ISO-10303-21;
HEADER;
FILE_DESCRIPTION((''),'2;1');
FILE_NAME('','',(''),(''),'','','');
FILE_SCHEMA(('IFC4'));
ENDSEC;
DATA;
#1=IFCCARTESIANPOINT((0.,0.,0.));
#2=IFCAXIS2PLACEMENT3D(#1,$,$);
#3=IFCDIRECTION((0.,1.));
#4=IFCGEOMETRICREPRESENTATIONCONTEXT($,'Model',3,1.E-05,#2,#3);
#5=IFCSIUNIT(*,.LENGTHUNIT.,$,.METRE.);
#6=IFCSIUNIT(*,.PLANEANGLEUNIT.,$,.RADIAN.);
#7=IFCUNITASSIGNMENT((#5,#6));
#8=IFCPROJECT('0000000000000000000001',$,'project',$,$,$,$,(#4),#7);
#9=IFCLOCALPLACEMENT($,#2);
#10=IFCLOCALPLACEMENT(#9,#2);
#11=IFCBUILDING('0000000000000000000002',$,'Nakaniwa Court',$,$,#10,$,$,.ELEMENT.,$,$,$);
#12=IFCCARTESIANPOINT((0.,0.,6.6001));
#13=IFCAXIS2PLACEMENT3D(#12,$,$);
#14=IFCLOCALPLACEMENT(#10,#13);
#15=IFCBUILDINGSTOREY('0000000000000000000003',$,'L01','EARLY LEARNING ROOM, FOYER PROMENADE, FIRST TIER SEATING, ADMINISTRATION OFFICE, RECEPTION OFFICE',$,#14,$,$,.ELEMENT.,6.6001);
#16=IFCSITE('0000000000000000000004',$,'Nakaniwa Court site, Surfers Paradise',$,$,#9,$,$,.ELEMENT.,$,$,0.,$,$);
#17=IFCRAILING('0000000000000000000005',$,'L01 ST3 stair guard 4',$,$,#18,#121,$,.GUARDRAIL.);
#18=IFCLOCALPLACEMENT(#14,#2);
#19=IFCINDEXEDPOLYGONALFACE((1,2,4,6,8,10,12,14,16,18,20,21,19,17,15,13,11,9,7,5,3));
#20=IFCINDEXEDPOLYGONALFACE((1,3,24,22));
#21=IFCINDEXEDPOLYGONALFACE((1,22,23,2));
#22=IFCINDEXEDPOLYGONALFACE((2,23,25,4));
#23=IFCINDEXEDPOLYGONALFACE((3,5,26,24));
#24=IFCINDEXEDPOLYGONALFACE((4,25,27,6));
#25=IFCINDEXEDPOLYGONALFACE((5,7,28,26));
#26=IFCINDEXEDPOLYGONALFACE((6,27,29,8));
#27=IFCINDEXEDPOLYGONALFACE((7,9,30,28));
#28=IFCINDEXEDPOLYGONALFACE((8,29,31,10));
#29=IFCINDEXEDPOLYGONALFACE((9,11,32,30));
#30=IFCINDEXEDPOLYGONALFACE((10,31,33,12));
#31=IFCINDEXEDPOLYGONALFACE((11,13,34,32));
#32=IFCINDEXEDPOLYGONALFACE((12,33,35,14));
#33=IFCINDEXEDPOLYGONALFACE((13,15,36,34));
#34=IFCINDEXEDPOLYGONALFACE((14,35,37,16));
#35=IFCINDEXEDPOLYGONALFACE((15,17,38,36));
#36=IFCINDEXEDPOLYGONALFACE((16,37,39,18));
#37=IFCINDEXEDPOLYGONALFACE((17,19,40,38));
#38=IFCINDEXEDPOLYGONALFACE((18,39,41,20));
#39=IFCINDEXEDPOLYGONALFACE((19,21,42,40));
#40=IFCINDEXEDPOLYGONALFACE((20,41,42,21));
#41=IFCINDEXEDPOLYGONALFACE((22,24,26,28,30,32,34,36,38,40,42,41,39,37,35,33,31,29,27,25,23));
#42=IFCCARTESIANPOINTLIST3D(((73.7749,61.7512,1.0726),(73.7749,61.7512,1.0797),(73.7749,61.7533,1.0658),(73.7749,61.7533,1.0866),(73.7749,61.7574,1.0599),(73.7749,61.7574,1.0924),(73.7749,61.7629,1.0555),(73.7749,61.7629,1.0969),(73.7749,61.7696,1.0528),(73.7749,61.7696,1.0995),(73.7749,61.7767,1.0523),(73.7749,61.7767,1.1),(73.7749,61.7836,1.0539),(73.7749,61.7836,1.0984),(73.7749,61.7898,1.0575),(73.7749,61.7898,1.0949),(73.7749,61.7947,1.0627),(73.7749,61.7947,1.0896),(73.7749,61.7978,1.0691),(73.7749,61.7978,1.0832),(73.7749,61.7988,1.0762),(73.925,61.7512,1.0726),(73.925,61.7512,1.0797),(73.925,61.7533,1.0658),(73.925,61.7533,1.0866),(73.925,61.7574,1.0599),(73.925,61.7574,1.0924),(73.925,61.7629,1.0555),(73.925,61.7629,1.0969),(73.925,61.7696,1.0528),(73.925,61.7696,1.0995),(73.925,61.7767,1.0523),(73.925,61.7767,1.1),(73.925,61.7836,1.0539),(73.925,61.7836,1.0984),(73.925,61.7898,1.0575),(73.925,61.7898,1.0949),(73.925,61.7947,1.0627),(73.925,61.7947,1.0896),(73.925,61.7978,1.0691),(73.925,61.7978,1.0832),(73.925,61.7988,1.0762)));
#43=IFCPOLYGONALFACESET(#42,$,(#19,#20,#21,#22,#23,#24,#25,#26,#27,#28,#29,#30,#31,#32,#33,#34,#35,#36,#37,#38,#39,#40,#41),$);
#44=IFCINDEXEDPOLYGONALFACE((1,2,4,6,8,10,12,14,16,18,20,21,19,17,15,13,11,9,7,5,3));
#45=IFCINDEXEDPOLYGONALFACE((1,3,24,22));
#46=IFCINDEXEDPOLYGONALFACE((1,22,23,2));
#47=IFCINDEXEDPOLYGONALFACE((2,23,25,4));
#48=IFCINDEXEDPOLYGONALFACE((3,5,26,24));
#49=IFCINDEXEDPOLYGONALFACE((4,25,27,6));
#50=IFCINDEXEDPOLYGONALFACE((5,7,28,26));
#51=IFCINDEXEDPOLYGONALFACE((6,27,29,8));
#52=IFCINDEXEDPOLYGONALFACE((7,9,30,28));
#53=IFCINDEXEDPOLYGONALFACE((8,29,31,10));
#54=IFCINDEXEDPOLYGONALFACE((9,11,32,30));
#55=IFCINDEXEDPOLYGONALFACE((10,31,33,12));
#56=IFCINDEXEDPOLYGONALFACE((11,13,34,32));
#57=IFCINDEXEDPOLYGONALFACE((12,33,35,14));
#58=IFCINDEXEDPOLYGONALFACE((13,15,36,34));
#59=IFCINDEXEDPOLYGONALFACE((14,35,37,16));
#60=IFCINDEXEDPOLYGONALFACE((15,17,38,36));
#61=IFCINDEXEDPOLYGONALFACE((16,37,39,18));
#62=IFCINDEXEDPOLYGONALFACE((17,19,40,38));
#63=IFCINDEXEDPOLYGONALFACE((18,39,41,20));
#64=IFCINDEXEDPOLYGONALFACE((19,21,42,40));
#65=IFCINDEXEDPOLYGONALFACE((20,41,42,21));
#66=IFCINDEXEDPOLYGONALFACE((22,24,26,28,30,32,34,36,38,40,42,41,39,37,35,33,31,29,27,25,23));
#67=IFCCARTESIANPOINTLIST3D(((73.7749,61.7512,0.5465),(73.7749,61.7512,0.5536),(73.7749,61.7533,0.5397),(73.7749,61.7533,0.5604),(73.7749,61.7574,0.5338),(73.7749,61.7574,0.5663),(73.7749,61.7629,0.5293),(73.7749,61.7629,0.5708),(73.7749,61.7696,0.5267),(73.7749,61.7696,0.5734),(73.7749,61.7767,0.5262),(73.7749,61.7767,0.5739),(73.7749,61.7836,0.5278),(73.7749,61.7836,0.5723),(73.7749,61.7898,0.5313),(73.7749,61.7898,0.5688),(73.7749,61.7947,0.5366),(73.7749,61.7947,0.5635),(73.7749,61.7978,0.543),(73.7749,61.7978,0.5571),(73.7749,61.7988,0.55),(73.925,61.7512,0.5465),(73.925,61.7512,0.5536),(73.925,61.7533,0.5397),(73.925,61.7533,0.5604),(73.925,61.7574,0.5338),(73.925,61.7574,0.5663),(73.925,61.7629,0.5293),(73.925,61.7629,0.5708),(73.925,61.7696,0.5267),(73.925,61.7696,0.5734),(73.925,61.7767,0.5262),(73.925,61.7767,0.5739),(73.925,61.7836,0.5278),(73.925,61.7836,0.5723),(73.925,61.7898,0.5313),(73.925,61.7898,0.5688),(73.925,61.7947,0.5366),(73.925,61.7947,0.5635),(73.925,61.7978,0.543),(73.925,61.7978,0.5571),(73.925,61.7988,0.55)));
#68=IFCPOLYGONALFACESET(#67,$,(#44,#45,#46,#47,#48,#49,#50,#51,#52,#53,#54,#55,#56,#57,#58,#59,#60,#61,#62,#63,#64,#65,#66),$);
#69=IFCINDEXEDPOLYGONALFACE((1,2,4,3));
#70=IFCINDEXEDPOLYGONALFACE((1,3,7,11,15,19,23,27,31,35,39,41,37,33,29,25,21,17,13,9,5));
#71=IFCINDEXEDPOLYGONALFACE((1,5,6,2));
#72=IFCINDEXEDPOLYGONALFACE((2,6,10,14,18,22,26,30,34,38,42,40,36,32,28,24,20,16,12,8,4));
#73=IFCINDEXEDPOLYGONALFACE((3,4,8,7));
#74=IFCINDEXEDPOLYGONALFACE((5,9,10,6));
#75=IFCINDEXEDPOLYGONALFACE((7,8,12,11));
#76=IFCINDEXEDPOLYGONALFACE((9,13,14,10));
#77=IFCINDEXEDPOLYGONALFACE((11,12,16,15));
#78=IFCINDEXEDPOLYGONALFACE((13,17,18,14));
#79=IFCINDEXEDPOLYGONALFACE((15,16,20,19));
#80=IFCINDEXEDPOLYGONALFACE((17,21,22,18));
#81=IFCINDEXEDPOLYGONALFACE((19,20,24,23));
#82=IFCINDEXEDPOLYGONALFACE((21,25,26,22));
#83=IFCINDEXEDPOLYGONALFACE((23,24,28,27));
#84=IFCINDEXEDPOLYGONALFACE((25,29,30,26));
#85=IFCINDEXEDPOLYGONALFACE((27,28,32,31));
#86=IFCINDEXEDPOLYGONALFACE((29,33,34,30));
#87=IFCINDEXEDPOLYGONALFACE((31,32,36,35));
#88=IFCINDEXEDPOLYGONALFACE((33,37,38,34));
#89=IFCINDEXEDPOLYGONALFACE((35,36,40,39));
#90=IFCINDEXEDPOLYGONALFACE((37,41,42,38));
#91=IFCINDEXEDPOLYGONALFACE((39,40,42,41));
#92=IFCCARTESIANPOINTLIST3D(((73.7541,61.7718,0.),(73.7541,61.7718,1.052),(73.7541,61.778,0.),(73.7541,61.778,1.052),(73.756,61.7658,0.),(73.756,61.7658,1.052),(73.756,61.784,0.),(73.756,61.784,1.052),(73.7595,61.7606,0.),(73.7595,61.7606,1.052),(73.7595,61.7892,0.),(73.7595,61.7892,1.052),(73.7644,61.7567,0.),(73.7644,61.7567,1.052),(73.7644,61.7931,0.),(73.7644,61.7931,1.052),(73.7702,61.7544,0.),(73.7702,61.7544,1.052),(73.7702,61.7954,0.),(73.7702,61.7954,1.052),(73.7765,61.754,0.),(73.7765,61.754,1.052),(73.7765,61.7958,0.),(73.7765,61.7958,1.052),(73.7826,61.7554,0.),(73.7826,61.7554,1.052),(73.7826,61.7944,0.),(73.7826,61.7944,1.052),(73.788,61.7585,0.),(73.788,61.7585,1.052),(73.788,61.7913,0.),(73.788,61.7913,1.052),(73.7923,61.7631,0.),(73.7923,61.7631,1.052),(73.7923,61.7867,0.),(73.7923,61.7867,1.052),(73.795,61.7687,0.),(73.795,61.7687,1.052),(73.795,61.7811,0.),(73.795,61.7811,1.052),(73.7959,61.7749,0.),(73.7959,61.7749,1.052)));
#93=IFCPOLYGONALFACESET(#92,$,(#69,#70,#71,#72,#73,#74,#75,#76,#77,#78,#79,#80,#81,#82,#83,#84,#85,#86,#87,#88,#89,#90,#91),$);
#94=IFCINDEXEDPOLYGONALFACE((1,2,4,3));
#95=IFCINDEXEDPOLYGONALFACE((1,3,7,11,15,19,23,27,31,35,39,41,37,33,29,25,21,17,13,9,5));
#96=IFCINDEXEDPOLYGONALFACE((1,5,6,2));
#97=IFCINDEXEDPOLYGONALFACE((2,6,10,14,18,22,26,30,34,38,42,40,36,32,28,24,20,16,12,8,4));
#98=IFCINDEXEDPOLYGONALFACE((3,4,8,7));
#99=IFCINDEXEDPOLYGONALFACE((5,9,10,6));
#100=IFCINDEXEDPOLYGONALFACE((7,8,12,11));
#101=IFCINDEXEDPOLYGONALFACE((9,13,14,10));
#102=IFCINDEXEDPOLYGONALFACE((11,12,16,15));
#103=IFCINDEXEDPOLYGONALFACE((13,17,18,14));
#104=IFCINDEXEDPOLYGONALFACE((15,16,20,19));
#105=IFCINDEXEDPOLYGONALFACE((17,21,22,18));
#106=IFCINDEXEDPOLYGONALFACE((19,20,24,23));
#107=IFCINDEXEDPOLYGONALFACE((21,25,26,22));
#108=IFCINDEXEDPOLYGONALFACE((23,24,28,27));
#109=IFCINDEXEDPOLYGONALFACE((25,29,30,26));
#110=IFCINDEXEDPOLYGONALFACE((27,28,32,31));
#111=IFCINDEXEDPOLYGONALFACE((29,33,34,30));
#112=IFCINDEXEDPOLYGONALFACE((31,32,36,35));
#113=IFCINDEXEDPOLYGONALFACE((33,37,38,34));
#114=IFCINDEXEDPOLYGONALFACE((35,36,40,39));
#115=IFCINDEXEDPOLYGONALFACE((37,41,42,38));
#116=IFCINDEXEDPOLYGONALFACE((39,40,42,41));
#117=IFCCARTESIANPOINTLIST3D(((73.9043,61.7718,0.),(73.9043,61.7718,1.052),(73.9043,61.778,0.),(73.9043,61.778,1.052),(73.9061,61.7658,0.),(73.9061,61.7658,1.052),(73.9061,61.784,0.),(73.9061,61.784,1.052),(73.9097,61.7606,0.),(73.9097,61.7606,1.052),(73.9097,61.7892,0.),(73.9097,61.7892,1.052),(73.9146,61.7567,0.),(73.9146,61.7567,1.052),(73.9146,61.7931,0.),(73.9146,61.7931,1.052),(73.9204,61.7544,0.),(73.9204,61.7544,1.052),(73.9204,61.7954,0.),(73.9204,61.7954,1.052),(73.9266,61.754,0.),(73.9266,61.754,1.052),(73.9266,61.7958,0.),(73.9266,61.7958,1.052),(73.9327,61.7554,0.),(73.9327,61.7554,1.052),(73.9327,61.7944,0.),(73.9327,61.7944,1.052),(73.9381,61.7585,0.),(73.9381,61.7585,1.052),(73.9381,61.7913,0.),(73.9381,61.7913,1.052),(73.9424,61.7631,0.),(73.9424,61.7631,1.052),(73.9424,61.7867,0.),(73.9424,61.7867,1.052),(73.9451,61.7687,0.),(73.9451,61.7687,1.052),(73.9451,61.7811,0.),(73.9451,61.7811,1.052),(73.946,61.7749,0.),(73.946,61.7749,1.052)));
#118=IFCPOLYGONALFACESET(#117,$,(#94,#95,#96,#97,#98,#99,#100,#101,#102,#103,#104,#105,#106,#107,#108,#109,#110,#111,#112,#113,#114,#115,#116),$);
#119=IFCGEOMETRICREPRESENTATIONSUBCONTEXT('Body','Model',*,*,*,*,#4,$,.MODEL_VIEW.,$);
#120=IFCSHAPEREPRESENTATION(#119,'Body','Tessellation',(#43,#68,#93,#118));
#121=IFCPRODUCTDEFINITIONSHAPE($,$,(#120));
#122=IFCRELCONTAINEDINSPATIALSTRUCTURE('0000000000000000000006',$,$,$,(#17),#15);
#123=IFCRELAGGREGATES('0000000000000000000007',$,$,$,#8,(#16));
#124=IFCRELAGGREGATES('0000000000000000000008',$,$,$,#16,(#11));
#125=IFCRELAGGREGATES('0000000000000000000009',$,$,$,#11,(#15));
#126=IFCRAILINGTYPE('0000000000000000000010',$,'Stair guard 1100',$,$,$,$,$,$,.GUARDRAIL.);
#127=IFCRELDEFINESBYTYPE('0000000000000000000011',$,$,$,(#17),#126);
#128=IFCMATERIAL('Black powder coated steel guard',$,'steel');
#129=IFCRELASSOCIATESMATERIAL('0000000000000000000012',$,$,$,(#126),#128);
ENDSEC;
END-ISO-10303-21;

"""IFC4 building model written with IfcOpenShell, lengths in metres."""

from ifc_helpers import new_model, si_unit, direction, frame, origin, origin_2d, place, context, subcontext, project, spatial, circle, extrude, material, type_object, element, save


model = new_model("IFC4")

# Units and contexts
model_context = context("Model", 3, precision=1e-05, world=origin(), true_north=direction((0.0, 1.0)))
body_context = subcontext(model_context, "Body", "Model", "MODEL_VIEW")
ifc_project = project(units=[si_unit("LENGTHUNIT", "METRE"), si_unit("PLANEANGLEUNIT", "RADIAN")], contexts=[model_context])

# Site, building, storey
site_placement = place(None, origin())
site = spatial("IfcSite", under=ifc_project, at=site_placement, Name="Nakaniwa Court site, Surfers Paradise", CompositionType="ELEMENT", RefElevation=0.0)
building_placement = place(site_placement, origin())
building = spatial("IfcBuilding", under=site, at=building_placement, Name="Nakaniwa Court", CompositionType="ELEMENT")
storey_placement = place(building_placement, frame((0.0, 0.0, 6.6001)))
storey = spatial("IfcBuildingStorey", under=building, at=storey_placement, Name="L01", Description="EARLY LEARNING ROOM, FOYER PROMENADE, FIRST TIER SEATING, ADMINISTRATION OFFICE, RECEPTION OFFICE", CompositionType="ELEMENT", Elevation=6.6001)

# Railing
ifc_material_1 = material(Name="Black powder coated steel guard", Category="steel")
railing_type = type_object("IfcRailingType", Name="Stair guard 1100", PredefinedType="GUARDRAIL", material=ifc_material_1)
railing_1_placement = place(storey_placement, frame((73.7749, 61.7749, 0.0)))
element("IfcRailing", 1, at=railing_1_placement, inside=storey, type_object=railing_type, Name="L01 ST3 stair guard 4", PredefinedType="GUARDRAIL", context=body_context, shape_type="SweptSolid", body=[
    extrude(circle(Radius=0.0239, at=origin_2d()), frame((0.0, 0.0, 1.0762), z_axis=(1.0, 0.0, 0.0), x_axis=(0.0, 1.0, 0.0)), (0.0, 0.0, 1.0), 0.1501),
    extrude(circle(Radius=0.0239, at=origin_2d()), frame((0.0, 0.0, 0.55), z_axis=(1.0, 0.0, 0.0), x_axis=(0.0, 1.0, 0.0)), (0.0, 0.0, 1.0), 0.1501),
    extrude(circle(Radius=0.021, at=origin_2d()), origin(), (0.0, 0.0, 1.0), 1.052),
    extrude(circle(Radius=0.021, at=origin_2d()), frame((0.1501, 0.0, 0.0)), (0.0, 0.0, 1.0), 1.052),
])

save(model, "model.ifc")
